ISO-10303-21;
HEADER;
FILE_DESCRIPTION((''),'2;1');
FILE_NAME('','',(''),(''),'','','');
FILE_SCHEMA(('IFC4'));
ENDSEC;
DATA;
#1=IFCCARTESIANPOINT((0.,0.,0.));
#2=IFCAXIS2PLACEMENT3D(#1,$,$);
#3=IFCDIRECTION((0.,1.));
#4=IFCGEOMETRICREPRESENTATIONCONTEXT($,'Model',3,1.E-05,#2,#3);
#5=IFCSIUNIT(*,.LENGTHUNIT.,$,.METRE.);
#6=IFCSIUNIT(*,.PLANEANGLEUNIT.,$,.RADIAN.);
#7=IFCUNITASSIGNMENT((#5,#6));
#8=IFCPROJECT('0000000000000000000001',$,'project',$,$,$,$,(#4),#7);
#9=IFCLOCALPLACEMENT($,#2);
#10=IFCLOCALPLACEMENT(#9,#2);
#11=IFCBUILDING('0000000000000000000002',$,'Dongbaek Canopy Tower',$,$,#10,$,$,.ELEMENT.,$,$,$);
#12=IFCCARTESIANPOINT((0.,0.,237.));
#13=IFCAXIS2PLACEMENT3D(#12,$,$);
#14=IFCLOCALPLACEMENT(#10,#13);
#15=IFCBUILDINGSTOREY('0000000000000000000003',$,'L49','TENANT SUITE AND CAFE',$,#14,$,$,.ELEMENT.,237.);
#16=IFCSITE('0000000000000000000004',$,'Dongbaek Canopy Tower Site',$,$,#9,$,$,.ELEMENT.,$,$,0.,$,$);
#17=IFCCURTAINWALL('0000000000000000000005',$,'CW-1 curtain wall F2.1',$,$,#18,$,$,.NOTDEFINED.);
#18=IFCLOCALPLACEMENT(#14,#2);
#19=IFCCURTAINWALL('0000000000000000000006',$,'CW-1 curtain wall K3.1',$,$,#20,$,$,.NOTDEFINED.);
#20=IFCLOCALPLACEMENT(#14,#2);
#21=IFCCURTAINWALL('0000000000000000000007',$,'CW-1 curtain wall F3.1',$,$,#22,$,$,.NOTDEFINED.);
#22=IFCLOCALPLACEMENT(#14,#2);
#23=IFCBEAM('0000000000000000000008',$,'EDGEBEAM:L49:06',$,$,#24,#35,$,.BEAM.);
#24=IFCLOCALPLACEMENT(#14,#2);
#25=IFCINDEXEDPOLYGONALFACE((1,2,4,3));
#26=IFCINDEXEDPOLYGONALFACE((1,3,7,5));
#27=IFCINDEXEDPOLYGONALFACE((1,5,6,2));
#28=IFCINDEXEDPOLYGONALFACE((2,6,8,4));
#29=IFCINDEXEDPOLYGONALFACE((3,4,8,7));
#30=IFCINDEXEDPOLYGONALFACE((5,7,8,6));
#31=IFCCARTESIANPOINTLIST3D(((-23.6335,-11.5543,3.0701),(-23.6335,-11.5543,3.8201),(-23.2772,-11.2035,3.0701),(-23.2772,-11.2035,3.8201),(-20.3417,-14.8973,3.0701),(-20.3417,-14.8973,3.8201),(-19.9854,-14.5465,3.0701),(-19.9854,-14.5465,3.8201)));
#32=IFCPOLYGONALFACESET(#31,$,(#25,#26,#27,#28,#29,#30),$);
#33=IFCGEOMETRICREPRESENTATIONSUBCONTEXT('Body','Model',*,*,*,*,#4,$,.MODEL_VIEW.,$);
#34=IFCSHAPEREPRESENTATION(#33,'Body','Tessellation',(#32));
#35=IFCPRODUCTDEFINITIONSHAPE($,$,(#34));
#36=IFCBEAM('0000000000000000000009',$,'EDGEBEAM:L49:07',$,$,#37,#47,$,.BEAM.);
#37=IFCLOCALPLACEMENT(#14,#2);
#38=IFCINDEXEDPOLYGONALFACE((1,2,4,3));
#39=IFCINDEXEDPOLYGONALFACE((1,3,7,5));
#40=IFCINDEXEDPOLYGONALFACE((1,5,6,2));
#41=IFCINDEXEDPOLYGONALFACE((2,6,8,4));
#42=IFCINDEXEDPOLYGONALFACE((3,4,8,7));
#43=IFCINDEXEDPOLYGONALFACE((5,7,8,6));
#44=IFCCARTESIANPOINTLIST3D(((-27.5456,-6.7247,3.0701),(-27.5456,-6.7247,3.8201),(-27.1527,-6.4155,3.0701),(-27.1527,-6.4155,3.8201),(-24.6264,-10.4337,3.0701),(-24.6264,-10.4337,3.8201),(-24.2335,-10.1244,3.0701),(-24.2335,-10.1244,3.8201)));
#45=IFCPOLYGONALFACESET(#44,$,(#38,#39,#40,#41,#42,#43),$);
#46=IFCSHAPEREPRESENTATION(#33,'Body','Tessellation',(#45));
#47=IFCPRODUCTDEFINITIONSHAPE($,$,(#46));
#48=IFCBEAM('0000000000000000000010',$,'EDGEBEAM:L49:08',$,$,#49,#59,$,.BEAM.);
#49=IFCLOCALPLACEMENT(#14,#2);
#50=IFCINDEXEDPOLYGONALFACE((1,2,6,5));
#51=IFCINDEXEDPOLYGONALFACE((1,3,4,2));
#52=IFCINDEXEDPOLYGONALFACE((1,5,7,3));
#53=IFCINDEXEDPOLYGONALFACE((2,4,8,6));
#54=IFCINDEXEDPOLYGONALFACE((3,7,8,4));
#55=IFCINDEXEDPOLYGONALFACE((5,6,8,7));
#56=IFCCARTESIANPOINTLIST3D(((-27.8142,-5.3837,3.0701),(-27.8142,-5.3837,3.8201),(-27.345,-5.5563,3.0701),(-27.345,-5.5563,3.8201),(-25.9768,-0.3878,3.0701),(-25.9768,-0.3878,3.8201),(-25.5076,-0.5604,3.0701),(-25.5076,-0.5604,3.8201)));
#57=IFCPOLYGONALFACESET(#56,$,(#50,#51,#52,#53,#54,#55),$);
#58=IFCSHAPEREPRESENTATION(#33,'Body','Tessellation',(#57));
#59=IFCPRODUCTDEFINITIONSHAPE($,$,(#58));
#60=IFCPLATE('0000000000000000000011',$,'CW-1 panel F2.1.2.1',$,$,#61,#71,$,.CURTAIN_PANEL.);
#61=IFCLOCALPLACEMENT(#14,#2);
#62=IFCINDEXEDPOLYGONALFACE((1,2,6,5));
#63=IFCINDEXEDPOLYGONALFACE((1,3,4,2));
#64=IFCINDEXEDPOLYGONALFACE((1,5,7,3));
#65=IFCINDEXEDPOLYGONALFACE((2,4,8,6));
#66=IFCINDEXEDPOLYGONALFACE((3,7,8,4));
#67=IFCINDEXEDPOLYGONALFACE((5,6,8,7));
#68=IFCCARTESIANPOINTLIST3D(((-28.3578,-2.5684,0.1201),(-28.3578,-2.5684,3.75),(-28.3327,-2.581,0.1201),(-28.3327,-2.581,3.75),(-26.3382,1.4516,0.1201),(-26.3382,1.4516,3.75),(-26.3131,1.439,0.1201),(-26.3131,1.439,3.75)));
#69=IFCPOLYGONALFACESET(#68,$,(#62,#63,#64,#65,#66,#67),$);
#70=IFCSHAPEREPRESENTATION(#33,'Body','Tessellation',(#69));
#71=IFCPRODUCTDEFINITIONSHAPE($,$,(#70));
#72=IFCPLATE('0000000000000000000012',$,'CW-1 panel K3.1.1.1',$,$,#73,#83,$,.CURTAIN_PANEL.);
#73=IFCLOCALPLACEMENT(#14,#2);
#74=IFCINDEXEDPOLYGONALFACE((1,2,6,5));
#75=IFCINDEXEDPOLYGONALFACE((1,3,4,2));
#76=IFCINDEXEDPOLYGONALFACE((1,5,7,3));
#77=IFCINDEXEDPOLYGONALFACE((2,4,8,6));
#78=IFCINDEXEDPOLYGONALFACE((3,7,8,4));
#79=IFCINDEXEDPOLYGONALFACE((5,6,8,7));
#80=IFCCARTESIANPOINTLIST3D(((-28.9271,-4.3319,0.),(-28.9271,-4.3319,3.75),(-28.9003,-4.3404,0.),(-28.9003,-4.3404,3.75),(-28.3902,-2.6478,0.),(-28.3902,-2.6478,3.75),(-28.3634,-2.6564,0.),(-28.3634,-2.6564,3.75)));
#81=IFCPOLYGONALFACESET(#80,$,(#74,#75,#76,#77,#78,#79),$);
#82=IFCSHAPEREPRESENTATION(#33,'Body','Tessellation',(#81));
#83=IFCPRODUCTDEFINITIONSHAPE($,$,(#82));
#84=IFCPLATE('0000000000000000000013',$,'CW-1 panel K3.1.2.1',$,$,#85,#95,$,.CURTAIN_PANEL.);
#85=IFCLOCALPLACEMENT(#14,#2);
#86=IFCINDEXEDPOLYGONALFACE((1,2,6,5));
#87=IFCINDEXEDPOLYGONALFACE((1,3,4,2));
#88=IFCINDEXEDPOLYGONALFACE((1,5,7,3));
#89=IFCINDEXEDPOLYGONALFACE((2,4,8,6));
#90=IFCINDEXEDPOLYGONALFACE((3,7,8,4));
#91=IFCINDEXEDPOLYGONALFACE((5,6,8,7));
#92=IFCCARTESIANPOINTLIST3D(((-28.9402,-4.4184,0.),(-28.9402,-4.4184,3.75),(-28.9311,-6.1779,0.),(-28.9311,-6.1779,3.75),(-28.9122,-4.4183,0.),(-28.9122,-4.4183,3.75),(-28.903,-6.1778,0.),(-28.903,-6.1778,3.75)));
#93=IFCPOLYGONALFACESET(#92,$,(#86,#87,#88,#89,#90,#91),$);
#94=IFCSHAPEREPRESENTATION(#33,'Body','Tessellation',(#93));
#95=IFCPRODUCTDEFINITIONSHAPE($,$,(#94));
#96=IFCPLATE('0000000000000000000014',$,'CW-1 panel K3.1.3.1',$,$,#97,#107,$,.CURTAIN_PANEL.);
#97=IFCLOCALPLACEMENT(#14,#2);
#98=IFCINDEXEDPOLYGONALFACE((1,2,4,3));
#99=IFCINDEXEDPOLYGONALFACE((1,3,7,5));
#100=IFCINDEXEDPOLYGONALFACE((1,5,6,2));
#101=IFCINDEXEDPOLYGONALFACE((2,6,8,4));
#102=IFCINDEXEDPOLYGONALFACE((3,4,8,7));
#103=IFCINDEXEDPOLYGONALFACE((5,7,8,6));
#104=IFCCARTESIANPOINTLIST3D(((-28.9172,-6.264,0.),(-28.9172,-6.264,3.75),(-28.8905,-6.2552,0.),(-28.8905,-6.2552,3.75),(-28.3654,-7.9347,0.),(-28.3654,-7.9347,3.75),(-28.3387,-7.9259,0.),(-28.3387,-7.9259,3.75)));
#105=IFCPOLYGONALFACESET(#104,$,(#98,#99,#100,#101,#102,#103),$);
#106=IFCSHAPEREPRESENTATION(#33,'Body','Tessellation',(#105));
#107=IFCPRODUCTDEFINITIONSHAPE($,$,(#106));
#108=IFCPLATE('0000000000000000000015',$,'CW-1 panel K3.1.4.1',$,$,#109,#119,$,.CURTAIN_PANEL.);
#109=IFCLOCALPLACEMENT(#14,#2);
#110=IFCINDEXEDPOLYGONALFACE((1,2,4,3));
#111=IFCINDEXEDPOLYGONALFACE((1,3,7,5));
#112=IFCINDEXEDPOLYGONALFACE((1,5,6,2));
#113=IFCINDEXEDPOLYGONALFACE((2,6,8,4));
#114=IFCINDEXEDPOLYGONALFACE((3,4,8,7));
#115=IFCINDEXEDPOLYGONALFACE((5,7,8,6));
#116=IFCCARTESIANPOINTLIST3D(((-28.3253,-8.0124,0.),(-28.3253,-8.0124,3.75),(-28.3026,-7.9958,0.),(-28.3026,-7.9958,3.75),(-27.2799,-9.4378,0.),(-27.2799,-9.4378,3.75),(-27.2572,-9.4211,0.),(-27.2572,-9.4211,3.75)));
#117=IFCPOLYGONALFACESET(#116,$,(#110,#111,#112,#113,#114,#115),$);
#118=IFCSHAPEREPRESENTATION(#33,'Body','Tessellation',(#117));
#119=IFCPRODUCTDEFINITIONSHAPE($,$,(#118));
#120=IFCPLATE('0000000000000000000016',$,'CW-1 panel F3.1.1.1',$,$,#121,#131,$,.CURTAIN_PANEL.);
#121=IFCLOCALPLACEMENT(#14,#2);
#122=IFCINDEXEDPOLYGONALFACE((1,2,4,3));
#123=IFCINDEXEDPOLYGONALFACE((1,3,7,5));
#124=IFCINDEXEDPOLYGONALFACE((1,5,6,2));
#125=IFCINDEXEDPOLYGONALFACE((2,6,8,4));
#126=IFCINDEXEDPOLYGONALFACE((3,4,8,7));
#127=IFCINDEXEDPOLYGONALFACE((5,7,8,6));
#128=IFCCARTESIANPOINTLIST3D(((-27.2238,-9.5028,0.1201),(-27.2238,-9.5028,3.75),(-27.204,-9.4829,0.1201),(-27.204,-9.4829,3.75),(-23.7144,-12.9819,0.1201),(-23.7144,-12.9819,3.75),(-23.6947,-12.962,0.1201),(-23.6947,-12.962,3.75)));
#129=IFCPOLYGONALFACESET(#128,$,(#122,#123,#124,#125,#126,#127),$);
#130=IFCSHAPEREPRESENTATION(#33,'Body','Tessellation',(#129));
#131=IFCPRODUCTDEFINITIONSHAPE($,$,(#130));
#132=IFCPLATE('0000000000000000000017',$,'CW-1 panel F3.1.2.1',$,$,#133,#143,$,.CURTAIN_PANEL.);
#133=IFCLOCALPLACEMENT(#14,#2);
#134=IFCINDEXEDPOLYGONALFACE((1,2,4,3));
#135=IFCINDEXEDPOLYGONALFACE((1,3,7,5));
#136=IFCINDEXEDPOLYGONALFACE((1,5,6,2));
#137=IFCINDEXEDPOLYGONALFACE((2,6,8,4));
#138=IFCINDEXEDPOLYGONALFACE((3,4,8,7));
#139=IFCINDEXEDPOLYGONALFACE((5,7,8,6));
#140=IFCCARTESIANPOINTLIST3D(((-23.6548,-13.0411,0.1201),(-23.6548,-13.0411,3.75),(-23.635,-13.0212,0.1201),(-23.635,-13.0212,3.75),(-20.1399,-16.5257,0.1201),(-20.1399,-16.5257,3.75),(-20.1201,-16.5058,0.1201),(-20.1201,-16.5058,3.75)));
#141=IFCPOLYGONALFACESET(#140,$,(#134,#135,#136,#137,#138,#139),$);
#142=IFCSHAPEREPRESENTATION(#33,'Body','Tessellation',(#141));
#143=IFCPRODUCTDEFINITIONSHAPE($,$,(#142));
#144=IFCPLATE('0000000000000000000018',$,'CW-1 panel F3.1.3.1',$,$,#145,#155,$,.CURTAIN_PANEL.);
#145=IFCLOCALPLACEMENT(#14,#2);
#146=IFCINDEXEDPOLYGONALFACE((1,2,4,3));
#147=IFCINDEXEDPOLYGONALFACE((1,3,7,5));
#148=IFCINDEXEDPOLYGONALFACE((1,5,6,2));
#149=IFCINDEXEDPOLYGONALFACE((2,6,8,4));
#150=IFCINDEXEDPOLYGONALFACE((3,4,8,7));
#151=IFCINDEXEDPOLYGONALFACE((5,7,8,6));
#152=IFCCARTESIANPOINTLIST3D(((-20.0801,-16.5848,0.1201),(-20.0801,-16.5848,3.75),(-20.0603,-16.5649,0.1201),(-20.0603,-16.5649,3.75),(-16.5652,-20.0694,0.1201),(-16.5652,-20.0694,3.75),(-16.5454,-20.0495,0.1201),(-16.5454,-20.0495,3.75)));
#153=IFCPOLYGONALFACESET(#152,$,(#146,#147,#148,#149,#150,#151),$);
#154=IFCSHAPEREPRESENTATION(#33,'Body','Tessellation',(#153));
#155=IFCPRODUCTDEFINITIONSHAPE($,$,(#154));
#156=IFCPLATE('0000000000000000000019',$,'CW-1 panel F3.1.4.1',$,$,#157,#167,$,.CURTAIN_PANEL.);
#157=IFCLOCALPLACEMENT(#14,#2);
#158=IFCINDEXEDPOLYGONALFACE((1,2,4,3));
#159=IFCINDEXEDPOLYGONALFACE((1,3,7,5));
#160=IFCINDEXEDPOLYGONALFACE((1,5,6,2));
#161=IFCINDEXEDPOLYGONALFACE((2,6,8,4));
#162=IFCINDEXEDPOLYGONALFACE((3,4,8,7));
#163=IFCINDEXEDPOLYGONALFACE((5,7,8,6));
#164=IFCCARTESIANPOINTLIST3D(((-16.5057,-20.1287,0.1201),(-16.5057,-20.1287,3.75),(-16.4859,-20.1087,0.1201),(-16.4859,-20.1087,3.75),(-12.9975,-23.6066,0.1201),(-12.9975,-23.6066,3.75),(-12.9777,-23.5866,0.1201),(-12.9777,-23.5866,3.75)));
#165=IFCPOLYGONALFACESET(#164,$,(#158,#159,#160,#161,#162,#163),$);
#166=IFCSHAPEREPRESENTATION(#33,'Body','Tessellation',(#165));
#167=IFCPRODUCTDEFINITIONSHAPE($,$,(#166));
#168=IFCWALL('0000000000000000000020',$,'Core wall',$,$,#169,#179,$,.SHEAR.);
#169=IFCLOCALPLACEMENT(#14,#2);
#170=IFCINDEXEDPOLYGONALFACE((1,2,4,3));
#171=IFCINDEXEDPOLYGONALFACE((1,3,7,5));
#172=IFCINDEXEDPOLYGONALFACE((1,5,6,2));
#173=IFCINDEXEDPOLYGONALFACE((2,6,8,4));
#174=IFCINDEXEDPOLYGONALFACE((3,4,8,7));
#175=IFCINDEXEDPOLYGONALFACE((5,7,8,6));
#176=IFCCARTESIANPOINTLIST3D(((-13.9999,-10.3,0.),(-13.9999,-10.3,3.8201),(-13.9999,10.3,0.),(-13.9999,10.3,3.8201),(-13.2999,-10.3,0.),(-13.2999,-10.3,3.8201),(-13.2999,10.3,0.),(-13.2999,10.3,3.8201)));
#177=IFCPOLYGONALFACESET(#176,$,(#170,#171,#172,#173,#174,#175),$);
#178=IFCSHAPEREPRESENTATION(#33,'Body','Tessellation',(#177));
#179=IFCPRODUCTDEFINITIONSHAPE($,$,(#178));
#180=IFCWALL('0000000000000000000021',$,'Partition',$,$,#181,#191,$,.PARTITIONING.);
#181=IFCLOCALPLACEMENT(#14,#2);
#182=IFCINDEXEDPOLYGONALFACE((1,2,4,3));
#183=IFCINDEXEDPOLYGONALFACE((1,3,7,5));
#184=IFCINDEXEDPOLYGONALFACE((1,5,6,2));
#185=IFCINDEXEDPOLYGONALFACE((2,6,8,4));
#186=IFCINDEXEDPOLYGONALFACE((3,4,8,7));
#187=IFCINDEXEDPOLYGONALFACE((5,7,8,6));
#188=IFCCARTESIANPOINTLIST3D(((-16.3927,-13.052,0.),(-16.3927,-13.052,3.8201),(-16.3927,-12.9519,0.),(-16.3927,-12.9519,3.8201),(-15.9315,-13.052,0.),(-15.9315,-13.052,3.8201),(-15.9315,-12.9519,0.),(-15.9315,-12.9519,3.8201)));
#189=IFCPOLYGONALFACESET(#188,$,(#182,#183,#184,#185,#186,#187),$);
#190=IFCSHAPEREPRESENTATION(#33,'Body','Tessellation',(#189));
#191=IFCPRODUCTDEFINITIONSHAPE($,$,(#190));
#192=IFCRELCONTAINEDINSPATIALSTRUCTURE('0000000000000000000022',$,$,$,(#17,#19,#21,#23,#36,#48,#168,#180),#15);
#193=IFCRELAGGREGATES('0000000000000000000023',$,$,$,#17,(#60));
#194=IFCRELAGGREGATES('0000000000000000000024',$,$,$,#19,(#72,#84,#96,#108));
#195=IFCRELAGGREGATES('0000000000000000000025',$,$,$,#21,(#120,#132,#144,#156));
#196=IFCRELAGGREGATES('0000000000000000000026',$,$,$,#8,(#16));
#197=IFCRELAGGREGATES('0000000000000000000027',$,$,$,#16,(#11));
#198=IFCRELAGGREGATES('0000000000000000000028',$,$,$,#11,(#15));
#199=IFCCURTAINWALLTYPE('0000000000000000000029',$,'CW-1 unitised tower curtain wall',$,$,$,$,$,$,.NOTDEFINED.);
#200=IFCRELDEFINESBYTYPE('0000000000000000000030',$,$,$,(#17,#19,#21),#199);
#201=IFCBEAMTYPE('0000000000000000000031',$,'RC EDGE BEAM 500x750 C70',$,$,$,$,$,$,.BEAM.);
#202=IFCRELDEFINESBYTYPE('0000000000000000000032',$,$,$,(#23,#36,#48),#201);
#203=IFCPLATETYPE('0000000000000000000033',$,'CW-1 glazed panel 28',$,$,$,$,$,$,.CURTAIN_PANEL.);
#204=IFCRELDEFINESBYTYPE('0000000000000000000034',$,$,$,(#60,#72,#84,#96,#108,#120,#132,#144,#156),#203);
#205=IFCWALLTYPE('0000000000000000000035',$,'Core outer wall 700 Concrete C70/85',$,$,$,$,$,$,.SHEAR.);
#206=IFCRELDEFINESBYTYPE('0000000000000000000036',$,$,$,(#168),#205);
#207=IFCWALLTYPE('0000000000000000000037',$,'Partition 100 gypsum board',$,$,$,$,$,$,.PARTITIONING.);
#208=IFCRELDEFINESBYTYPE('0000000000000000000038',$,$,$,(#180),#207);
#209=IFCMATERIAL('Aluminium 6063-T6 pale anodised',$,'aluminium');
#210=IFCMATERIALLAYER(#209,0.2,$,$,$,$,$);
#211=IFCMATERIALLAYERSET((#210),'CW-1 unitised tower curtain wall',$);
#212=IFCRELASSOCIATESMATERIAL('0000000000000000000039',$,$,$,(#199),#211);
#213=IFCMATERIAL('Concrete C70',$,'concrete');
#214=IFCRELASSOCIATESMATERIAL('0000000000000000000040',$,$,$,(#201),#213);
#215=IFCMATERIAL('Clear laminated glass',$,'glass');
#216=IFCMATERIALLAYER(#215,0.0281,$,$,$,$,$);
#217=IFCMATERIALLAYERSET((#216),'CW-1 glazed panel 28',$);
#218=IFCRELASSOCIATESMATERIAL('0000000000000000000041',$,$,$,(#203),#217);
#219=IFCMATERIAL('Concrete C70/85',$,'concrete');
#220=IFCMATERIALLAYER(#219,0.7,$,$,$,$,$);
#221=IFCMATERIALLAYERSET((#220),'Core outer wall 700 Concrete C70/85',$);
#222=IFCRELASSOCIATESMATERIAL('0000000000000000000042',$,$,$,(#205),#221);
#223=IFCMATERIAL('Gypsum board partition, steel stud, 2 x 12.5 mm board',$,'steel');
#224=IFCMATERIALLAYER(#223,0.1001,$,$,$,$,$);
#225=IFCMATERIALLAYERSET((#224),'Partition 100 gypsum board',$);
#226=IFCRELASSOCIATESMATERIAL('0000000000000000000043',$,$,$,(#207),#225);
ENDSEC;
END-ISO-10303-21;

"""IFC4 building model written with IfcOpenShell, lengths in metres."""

from ifc_helpers import new_model, si_unit, direction, frame, frame_2d, origin, origin_2d, place, context, subcontext, project, spatial, rectangle, extrude, material, layer, layer_set, material_profile, profile_set, type_object, element, aggregate, save


model = new_model("IFC4")

# Units and contexts
model_context = context("Model", 3, precision=1e-05, world=origin(), true_north=direction((0.0, 1.0)))
body_context = subcontext(model_context, "Body", "Model", "MODEL_VIEW")
ifc_project = project(units=[si_unit("LENGTHUNIT", "METRE"), si_unit("PLANEANGLEUNIT", "RADIAN")], contexts=[model_context])

# Site, building, storey
site_placement = place(None, origin())
site = spatial("IfcSite", under=ifc_project, at=site_placement, Name="Dongbaek Canopy Tower Site", CompositionType="ELEMENT", RefElevation=0.0)
building_placement = place(site_placement, origin())
building = spatial("IfcBuilding", under=site, at=building_placement, Name="Dongbaek Canopy Tower", CompositionType="ELEMENT")
storey_placement = place(building_placement, frame((0.0, 0.0, 237.0)))
storey = spatial("IfcBuildingStorey", under=building, at=storey_placement, Name="L49", Description="TENANT SUITE AND CAFE", CompositionType="ELEMENT", Elevation=237.0)

# Curtain wall
ifc_material_1 = material(Name="Aluminium 6063-T6 pale anodised", Category="aluminium")
ifc_layer_1 = layer(ifc_material_1, 0.2)
ifc_layer_set_1 = layer_set([ifc_layer_1], Name="CW-1 unitised tower curtain wall")
curtain_wall_type = type_object("IfcCurtainWallType", Name="CW-1 unitised tower curtain wall", PredefinedType="NOTDEFINED", material=ifc_layer_set_1)
curtain_wall_1_placement = place(storey_placement, origin())
curtain_wall_1 = element("IfcCurtainWall", 1, at=curtain_wall_1_placement, inside=storey, type_object=curtain_wall_type, Name="CW-1 curtain wall F2.1", PredefinedType="NOTDEFINED")

# Curtain walls
curtain_wall_2_placement = place(storey_placement, origin())
curtain_wall_2 = element("IfcCurtainWall", 2, at=curtain_wall_2_placement, inside=storey, type_object=curtain_wall_type, Name="CW-1 curtain wall K3.1", PredefinedType="NOTDEFINED")
curtain_wall_3_placement = place(storey_placement, origin())
curtain_wall_3 = element("IfcCurtainWall", 3, at=curtain_wall_3_placement, inside=storey, type_object=curtain_wall_type, Name="CW-1 curtain wall F3.1", PredefinedType="NOTDEFINED")

# Beams
ifc_material_2 = material(Name="Concrete C70", Category="concrete")
ifc_material_profile_1 = material_profile(ifc_material_2, rectangle(XDim=0.5, YDim=0.75, at=origin_2d()), Name="RC EDGE BEAM 500x750 C70")
ifc_profile_set_1 = profile_set([ifc_material_profile_1], Name="Concrete C70")
beam_type = type_object("IfcBeamType", Name="RC EDGE BEAM 500x750 C70", PredefinedType="BEAM", material=ifc_profile_set_1)
beam_1_placement = place(storey_placement, frame((-20.1636, -14.7219, 3.4451), z_axis=(-0.701622, 0.71255, 0.0), x_axis=(-0.71255, -0.701622, 0.0)))
element("IfcBeam", 4, at=beam_1_placement, inside=storey, type_object=beam_type, Name="EDGEBEAM:L49:06", PredefinedType="BEAM", context=body_context, shape_type="SweptSolid", body=[
    extrude(rectangle(XDim=0.5, YDim=0.75, at=origin_2d()), origin(), (0.0, 0.0, 1.0), 4.6917),
])
beam_2_placement = place(storey_placement, frame((-24.4299, -10.2791, 3.4451), z_axis=(-0.618475, 0.785805, 0.0), x_axis=(-0.785805, -0.618475, 0.0)))
element("IfcBeam", 5, at=beam_2_placement, inside=storey, type_object=beam_type, Name="EDGEBEAM:L49:07", PredefinedType="BEAM", context=body_context, shape_type="SweptSolid", body=[
    extrude(rectangle(XDim=0.5, YDim=0.75, at=origin_2d()), origin(), (0.0, 0.0, 1.0), 4.72),
])
beam_3_placement = place(storey_placement, frame((-27.5796, -5.47, 3.4451), z_axis=(0.34518, 0.938536, 0.0), x_axis=(-0.938536, 0.34518, 0.0)))
element("IfcBeam", 6, at=beam_3_placement, inside=storey, type_object=beam_type, Name="EDGEBEAM:L49:08", PredefinedType="BEAM", context=body_context, shape_type="SweptSolid", body=[
    extrude(rectangle(XDim=0.5, YDim=0.75, at=origin_2d()), origin(), (0.0, 0.0, 1.0), 5.323),
])

# Plates
ifc_material_3 = material(Name="Clear laminated glass", Category="glass")
ifc_layer_2 = layer(ifc_material_3, 0.0281)
ifc_layer_set_2 = layer_set([ifc_layer_2], Name="CW-1 glazed panel 28")
plate_type = type_object("IfcPlateType", Name="CW-1 glazed panel 28", PredefinedType="CURTAIN_PANEL", material=ifc_layer_set_2)
plate_1_placement = place(storey_placement, frame((-27.3354, -0.5647, 0.1201), z_axis=(0.0, 0.0, 1.0), x_axis=(-0.448909, -0.893577, 0.0)))
plate_1 = element("IfcPlate", 7, at=plate_1_placement, type_object=plate_type, Name="CW-1 panel F2.1.2.1", PredefinedType="CURTAIN_PANEL", context=body_context, shape_type="SweptSolid", body=[
    extrude(rectangle(XDim=4.4988, YDim=0.0281, at=origin_2d()), origin(), (0.0, 0.0, 1.0), 3.6299),
])
plate_2_placement = place(storey_placement, frame((-28.6453, -3.4941, 0.0), z_axis=(0.0, 0.0, 1.0), x_axis=(-0.303759, -0.952749, 0.0)))
plate_2 = element("IfcPlate", 8, at=plate_2_placement, type_object=plate_type, Name="CW-1 panel K3.1.1.1", PredefinedType="CURTAIN_PANEL", context=body_context, shape_type="SweptSolid", body=[
    extrude(rectangle(XDim=1.7676, YDim=0.0281, at=origin_2d()), origin(), (0.0, 0.0, 1.0), 3.75),
])
plate_3_placement = place(storey_placement, frame((-28.9216, -5.2981, 0.0), z_axis=(0.0, 0.0, 1.0), x_axis=(0.005183, -0.999987, 0.0)))
plate_3 = element("IfcPlate", 9, at=plate_3_placement, type_object=plate_type, Name="CW-1 panel K3.1.2.1", PredefinedType="CURTAIN_PANEL", context=body_context, shape_type="SweptSolid", body=[
    extrude(rectangle(XDim=1.7595, YDim=0.0281, at=origin_2d()), origin(), (0.0, 0.0, 1.0), 3.75),
])
plate_4_placement = place(storey_placement, frame((-28.6279, -7.095, 0.0), z_axis=(0.0, 0.0, 1.0), x_axis=(0.313619, -0.949549, 0.0)))
plate_4 = element("IfcPlate", 10, at=plate_4_placement, type_object=plate_type, Name="CW-1 panel K3.1.3.1", PredefinedType="CURTAIN_PANEL", context=body_context, shape_type="SweptSolid", body=[
    extrude(rectangle(XDim=1.7595, YDim=0.0281, at=origin_2d()), origin(), (0.0, 0.0, 1.0), 3.75),
])
plate_5_placement = place(storey_placement, frame((-27.7913, -8.7168, 0.0), z_axis=(0.0, 0.0, 1.0), x_axis=(0.591421, -0.806363, 0.0)))
plate_5 = element("IfcPlate", 11, at=plate_5_placement, type_object=plate_type, Name="CW-1 panel K3.1.4.1", PredefinedType="CURTAIN_PANEL", context=body_context, shape_type="SweptSolid", body=[
    extrude(rectangle(XDim=1.7676, YDim=0.0281, at=origin_2d()), origin(), (0.0, 0.0, 1.0), 3.75),
])
plate_6_placement = place(storey_placement, frame((-25.4592, -11.2324, 0.1201), z_axis=(0.0, 0.0, 1.0), x_axis=(0.710162, -0.704038, 0.0)))
plate_6 = element("IfcPlate", 12, at=plate_6_placement, type_object=plate_type, Name="CW-1 panel F3.1.1.1", PredefinedType="CURTAIN_PANEL", context=body_context, shape_type="SweptSolid", body=[
    extrude(rectangle(XDim=4.9417, YDim=0.0281, at=origin_2d()), origin(), (0.0, 0.0, 1.0), 3.6299),
])
plate_7_placement = place(storey_placement, frame((-21.8875, -14.7734, 0.1201), z_axis=(0.0, 0.0, 1.0), x_axis=(0.710162, -0.704038, 0.0)))
plate_7 = element("IfcPlate", 13, at=plate_7_placement, type_object=plate_type, Name="CW-1 panel F3.1.2.1", PredefinedType="CURTAIN_PANEL", context=body_context, shape_type="SweptSolid", body=[
    extrude(rectangle(XDim=4.9495, YDim=0.0281, at=origin_2d()), origin(), (0.0, 0.0, 1.0), 3.6299),
])
plate_8_placement = place(storey_placement, frame((-18.3127, -18.3171, 0.1201), z_axis=(0.0, 0.0, 1.0), x_axis=(0.710162, -0.704038, 0.0)))
plate_8 = element("IfcPlate", 14, at=plate_8_placement, type_object=plate_type, Name="CW-1 panel F3.1.3.1", PredefinedType="CURTAIN_PANEL", context=body_context, shape_type="SweptSolid", body=[
    extrude(rectangle(XDim=4.9495, YDim=0.0281, at=origin_2d()), origin(), (0.0, 0.0, 1.0), 3.6299),
])
plate_9_placement = place(storey_placement, frame((-14.7417, -21.8577, 0.1201), z_axis=(0.0, 0.0, 1.0), x_axis=(0.710162, -0.704038, 0.0)))
plate_9 = element("IfcPlate", 15, at=plate_9_placement, type_object=plate_type, Name="CW-1 panel F3.1.4.1", PredefinedType="CURTAIN_PANEL", context=body_context, shape_type="SweptSolid", body=[
    extrude(rectangle(XDim=4.9399, YDim=0.0281, at=origin_2d()), origin(), (0.0, 0.0, 1.0), 3.6299),
])

# Walls
ifc_material_4 = material(Name="Concrete C70/85", Category="concrete")
ifc_layer_3 = layer(ifc_material_4, 0.7)
ifc_layer_set_3 = layer_set([ifc_layer_3], Name="Core outer wall 700 Concrete C70/85")
wall_type_1 = type_object("IfcWallType", Name="Core outer wall 700 Concrete C70/85", PredefinedType="SHEAR", material=ifc_layer_set_3)
wall_1_placement = place(storey_placement, frame((-13.6499, -10.3, 0.0), z_axis=(0.0, 0.0, 1.0), x_axis=(0.0, 1.0, 0.0)))
element("IfcWall", 16, at=wall_1_placement, inside=storey, type_object=wall_type_1, Name="Core wall", PredefinedType="SHEAR", context=body_context, shape_type="SweptSolid", body=[
    extrude(rectangle(XDim=20.6001, YDim=0.7, at=frame_2d((10.3, 0.0))), origin(), (0.0, 0.0, 1.0), 3.8201),
])
ifc_material_5 = material(Name="Gypsum board partition, steel stud, 2 x 12.5 mm board", Category="steel")
ifc_layer_4 = layer(ifc_material_5, 0.1001)
ifc_layer_set_4 = layer_set([ifc_layer_4], Name="Partition 100 gypsum board")
wall_type_2 = type_object("IfcWallType", Name="Partition 100 gypsum board", PredefinedType="PARTITIONING", material=ifc_layer_set_4)
wall_2_placement = place(storey_placement, frame((-16.3926, -13.002, 0.0), z_axis=(0.0, 0.0, 1.0), x_axis=(1.0, 0.0, 0.0)))
element("IfcWall", 17, at=wall_2_placement, inside=storey, type_object=wall_type_2, Name="Partition", PredefinedType="PARTITIONING", context=body_context, shape_type="SweptSolid", body=[
    extrude(rectangle(XDim=0.4612, YDim=0.1001, at=frame_2d((0.2305, 0.0))), origin(), (0.0, 0.0, 1.0), 3.8201),
])

aggregate(curtain_wall_1, [plate_1])
aggregate(curtain_wall_2, [plate_2, plate_3, plate_4, plate_5])
aggregate(curtain_wall_3, [plate_6, plate_7, plate_8, plate_9])

save(model, "model.ifc")
